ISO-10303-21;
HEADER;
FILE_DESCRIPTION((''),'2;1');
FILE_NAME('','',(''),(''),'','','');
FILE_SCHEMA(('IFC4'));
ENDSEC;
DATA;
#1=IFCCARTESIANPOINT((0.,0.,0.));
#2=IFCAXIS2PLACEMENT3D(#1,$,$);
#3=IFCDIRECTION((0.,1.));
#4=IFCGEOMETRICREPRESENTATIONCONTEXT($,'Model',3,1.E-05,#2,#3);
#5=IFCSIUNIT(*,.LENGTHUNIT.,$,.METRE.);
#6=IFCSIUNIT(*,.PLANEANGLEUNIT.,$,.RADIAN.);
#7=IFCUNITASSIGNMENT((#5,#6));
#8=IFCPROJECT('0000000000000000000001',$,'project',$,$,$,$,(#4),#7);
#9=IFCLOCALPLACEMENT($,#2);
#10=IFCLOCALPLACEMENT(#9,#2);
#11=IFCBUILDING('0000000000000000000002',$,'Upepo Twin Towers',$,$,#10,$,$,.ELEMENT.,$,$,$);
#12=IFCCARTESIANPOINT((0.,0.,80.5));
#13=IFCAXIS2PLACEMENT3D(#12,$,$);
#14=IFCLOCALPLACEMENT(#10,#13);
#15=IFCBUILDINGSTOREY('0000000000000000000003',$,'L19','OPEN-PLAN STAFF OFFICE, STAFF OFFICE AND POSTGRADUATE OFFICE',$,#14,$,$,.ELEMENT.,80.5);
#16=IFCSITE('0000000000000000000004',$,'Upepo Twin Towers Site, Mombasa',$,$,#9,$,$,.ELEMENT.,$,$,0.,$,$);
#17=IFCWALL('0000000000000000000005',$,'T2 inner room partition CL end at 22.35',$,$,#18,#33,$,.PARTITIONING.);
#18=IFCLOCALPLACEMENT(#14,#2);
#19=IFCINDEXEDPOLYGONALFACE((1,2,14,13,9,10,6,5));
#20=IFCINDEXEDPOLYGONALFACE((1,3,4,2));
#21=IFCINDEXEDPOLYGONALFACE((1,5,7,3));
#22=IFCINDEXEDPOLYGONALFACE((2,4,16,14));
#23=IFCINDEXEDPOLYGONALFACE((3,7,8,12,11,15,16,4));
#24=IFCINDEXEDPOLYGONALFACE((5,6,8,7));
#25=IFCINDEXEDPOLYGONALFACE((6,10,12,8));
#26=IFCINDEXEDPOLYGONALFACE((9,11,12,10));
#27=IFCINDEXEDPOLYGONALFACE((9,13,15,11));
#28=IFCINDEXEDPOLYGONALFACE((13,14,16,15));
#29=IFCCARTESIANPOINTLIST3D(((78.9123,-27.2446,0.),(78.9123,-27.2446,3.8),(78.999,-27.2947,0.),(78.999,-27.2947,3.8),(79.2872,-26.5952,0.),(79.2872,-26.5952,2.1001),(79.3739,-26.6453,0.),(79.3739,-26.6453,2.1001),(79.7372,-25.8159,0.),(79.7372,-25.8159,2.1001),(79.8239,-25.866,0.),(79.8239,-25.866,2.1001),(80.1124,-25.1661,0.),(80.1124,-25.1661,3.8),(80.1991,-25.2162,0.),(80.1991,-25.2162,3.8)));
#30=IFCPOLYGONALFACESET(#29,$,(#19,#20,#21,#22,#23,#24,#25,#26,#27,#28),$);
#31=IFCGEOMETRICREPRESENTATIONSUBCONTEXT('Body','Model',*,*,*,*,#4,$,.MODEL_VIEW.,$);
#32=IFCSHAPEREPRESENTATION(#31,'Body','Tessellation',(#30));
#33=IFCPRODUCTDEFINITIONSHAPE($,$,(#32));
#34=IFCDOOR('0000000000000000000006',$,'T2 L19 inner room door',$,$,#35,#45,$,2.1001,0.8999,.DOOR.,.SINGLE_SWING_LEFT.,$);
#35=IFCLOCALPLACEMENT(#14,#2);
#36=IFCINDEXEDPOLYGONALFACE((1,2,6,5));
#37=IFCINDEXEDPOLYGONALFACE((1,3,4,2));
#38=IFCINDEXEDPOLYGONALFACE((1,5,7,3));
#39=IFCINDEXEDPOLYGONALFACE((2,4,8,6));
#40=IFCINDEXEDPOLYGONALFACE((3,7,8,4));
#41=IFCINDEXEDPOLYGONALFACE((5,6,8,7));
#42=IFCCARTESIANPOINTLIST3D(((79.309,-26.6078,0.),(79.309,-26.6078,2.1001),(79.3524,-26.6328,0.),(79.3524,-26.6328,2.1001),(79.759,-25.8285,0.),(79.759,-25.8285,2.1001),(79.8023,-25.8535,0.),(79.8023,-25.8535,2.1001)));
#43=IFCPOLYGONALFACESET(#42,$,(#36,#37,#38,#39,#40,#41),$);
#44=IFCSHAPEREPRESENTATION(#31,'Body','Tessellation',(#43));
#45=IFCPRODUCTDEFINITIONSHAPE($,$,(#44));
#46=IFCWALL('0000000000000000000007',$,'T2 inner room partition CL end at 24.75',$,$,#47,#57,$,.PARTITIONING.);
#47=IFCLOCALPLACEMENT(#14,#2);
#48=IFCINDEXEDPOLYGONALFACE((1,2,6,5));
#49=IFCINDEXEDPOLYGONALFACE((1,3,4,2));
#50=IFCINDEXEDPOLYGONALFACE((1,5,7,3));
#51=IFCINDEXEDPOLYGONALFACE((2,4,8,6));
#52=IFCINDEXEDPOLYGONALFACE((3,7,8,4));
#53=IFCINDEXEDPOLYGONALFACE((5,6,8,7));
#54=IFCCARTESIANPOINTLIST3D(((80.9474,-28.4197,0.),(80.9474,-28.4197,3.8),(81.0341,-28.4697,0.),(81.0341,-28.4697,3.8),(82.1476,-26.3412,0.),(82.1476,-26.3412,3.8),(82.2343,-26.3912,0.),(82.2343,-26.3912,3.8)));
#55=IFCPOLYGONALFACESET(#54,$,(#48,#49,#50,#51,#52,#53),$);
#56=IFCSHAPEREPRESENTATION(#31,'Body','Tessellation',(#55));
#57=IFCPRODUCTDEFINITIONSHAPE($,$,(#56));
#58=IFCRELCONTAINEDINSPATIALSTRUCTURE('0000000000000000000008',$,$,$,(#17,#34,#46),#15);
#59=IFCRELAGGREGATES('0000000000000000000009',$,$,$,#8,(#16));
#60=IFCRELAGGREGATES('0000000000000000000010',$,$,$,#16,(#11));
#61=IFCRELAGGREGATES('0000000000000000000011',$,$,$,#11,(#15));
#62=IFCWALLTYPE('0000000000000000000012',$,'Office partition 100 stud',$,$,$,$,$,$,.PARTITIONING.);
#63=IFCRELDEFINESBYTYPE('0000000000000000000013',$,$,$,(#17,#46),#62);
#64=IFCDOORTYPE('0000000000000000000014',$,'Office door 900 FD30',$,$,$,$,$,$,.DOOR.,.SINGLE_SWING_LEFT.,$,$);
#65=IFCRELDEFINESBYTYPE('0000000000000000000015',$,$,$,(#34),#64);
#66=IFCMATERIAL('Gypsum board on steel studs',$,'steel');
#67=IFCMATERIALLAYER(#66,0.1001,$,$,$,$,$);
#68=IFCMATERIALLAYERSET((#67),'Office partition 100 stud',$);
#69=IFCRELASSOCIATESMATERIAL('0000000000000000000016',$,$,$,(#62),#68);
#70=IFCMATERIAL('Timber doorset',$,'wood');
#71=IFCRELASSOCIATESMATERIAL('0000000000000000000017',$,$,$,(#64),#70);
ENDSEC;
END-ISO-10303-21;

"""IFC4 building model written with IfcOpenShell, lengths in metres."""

from ifc_helpers import new_model, si_unit, direction, frame, frame_2d, origin, place, context, subcontext, project, spatial, rectangle, extrude, material, layer, layer_set, type_object, element, fill, save


model = new_model("IFC4")

# Units and contexts
model_context = context("Model", 3, precision=1e-05, world=origin(), true_north=direction((0.0, 1.0)))
body_context = subcontext(model_context, "Body", "Model", "MODEL_VIEW")
ifc_project = project(units=[si_unit("LENGTHUNIT", "METRE"), si_unit("PLANEANGLEUNIT", "RADIAN")], contexts=[model_context])

# Site, building, storey
site_placement = place(None, origin())
site = spatial("IfcSite", under=ifc_project, at=site_placement, Name="Upepo Twin Towers Site, Mombasa", CompositionType="ELEMENT", RefElevation=0.0)
building_placement = place(site_placement, origin())
building = spatial("IfcBuilding", under=site, at=building_placement, Name="Upepo Twin Towers", CompositionType="ELEMENT")
storey_placement = place(building_placement, frame((0.0, 0.0, 80.5)))
storey = spatial("IfcBuildingStorey", under=building, at=storey_placement, Name="L19", Description="OPEN-PLAN STAFF OFFICE, STAFF OFFICE AND POSTGRADUATE OFFICE", CompositionType="ELEMENT", Elevation=80.5)

# Shared definitions
ifc_material_1 = material(Name="Gypsum board on steel studs", Category="steel")
ifc_layer_1 = layer(ifc_material_1, 0.1001)
ifc_layer_set_1 = layer_set([ifc_layer_1], Name="Office partition 100 stud")
wall_type_1 = type_object("IfcWallType", Name="Office partition 100 stud", PredefinedType="PARTITIONING", material=ifc_layer_set_1)

# Wall, opening, door
wall_1_placement = place(storey_placement, frame((78.9556, -27.2698, 0.0), z_axis=(0.0, 0.0, 1.0), x_axis=(0.500034, 0.866006, 0.0)))
wall_1 = element("IfcWall", 1, at=wall_1_placement, inside=storey, type_object=wall_type_1, Name="T2 inner room partition CL end at 22.35", PredefinedType="PARTITIONING", context=body_context, shape_type="SweptSolid", body=[
    extrude(rectangle(XDim=2.4001, YDim=0.1001, at=frame_2d((1.2002, 0.0))), origin(), (0.0, 0.0, 1.0), 3.8),
])
opening_placement = place(wall_1_placement, frame((0.75, 0.0, 0.0)))
opening = element("IfcOpeningElement", 2, at=opening_placement, cuts=wall_1, PredefinedType="OPENING", context=body_context, shape_type="SweptSolid", body=[
    extrude(rectangle(XDim=0.8999, YDim=2.1001, at=frame_2d((0.45, 1.05))), frame((0.0, 0.0601, 0.0), z_axis=(0.0, -1.0, 0.0), x_axis=(1.0, 0.0, 0.0)), (0.0, 0.0, 1.0), 0.1201),
])
ifc_material_2 = material(Name="Timber doorset", Category="wood")
door_type = type_object("IfcDoorType", Name="Office door 900 FD30", OperationType="SINGLE_SWING_LEFT", PredefinedType="DOOR", material=ifc_material_2)
door_placement = place(opening_placement, origin())
door = element("IfcDoor", 3, at=door_placement, inside=storey, type_object=door_type, Name="T2 L19 inner room door", OperationType="SINGLE_SWING_LEFT", OverallHeight=2.1001, OverallWidth=0.8999, PredefinedType="DOOR", context=body_context, shape_type="SweptSolid", body=[
    extrude(rectangle(XDim=0.8999, YDim=2.1001, at=frame_2d((0.45, 1.05))), frame((0.0, 0.0249, 0.0), z_axis=(0.0, -1.0, 0.0), x_axis=(1.0, 0.0, 0.0)), (0.0, 0.0, 1.0), 0.05),
])
fill(opening, door)

# Wall
wall_2_placement = place(storey_placement, frame((80.9907, -28.4448, 0.0), z_axis=(0.0, 0.0, 1.0), x_axis=(0.500034, 0.866006, 0.0)))
element("IfcWall", 4, at=wall_2_placement, inside=storey, type_object=wall_type_1, Name="T2 inner room partition CL end at 24.75", PredefinedType="PARTITIONING", context=body_context, shape_type="SweptSolid", body=[
    extrude(rectangle(XDim=2.4001, YDim=0.1001, at=frame_2d((1.2002, 0.0))), origin(), (0.0, 0.0, 1.0), 3.8),
])

save(model, "model.ifc")
